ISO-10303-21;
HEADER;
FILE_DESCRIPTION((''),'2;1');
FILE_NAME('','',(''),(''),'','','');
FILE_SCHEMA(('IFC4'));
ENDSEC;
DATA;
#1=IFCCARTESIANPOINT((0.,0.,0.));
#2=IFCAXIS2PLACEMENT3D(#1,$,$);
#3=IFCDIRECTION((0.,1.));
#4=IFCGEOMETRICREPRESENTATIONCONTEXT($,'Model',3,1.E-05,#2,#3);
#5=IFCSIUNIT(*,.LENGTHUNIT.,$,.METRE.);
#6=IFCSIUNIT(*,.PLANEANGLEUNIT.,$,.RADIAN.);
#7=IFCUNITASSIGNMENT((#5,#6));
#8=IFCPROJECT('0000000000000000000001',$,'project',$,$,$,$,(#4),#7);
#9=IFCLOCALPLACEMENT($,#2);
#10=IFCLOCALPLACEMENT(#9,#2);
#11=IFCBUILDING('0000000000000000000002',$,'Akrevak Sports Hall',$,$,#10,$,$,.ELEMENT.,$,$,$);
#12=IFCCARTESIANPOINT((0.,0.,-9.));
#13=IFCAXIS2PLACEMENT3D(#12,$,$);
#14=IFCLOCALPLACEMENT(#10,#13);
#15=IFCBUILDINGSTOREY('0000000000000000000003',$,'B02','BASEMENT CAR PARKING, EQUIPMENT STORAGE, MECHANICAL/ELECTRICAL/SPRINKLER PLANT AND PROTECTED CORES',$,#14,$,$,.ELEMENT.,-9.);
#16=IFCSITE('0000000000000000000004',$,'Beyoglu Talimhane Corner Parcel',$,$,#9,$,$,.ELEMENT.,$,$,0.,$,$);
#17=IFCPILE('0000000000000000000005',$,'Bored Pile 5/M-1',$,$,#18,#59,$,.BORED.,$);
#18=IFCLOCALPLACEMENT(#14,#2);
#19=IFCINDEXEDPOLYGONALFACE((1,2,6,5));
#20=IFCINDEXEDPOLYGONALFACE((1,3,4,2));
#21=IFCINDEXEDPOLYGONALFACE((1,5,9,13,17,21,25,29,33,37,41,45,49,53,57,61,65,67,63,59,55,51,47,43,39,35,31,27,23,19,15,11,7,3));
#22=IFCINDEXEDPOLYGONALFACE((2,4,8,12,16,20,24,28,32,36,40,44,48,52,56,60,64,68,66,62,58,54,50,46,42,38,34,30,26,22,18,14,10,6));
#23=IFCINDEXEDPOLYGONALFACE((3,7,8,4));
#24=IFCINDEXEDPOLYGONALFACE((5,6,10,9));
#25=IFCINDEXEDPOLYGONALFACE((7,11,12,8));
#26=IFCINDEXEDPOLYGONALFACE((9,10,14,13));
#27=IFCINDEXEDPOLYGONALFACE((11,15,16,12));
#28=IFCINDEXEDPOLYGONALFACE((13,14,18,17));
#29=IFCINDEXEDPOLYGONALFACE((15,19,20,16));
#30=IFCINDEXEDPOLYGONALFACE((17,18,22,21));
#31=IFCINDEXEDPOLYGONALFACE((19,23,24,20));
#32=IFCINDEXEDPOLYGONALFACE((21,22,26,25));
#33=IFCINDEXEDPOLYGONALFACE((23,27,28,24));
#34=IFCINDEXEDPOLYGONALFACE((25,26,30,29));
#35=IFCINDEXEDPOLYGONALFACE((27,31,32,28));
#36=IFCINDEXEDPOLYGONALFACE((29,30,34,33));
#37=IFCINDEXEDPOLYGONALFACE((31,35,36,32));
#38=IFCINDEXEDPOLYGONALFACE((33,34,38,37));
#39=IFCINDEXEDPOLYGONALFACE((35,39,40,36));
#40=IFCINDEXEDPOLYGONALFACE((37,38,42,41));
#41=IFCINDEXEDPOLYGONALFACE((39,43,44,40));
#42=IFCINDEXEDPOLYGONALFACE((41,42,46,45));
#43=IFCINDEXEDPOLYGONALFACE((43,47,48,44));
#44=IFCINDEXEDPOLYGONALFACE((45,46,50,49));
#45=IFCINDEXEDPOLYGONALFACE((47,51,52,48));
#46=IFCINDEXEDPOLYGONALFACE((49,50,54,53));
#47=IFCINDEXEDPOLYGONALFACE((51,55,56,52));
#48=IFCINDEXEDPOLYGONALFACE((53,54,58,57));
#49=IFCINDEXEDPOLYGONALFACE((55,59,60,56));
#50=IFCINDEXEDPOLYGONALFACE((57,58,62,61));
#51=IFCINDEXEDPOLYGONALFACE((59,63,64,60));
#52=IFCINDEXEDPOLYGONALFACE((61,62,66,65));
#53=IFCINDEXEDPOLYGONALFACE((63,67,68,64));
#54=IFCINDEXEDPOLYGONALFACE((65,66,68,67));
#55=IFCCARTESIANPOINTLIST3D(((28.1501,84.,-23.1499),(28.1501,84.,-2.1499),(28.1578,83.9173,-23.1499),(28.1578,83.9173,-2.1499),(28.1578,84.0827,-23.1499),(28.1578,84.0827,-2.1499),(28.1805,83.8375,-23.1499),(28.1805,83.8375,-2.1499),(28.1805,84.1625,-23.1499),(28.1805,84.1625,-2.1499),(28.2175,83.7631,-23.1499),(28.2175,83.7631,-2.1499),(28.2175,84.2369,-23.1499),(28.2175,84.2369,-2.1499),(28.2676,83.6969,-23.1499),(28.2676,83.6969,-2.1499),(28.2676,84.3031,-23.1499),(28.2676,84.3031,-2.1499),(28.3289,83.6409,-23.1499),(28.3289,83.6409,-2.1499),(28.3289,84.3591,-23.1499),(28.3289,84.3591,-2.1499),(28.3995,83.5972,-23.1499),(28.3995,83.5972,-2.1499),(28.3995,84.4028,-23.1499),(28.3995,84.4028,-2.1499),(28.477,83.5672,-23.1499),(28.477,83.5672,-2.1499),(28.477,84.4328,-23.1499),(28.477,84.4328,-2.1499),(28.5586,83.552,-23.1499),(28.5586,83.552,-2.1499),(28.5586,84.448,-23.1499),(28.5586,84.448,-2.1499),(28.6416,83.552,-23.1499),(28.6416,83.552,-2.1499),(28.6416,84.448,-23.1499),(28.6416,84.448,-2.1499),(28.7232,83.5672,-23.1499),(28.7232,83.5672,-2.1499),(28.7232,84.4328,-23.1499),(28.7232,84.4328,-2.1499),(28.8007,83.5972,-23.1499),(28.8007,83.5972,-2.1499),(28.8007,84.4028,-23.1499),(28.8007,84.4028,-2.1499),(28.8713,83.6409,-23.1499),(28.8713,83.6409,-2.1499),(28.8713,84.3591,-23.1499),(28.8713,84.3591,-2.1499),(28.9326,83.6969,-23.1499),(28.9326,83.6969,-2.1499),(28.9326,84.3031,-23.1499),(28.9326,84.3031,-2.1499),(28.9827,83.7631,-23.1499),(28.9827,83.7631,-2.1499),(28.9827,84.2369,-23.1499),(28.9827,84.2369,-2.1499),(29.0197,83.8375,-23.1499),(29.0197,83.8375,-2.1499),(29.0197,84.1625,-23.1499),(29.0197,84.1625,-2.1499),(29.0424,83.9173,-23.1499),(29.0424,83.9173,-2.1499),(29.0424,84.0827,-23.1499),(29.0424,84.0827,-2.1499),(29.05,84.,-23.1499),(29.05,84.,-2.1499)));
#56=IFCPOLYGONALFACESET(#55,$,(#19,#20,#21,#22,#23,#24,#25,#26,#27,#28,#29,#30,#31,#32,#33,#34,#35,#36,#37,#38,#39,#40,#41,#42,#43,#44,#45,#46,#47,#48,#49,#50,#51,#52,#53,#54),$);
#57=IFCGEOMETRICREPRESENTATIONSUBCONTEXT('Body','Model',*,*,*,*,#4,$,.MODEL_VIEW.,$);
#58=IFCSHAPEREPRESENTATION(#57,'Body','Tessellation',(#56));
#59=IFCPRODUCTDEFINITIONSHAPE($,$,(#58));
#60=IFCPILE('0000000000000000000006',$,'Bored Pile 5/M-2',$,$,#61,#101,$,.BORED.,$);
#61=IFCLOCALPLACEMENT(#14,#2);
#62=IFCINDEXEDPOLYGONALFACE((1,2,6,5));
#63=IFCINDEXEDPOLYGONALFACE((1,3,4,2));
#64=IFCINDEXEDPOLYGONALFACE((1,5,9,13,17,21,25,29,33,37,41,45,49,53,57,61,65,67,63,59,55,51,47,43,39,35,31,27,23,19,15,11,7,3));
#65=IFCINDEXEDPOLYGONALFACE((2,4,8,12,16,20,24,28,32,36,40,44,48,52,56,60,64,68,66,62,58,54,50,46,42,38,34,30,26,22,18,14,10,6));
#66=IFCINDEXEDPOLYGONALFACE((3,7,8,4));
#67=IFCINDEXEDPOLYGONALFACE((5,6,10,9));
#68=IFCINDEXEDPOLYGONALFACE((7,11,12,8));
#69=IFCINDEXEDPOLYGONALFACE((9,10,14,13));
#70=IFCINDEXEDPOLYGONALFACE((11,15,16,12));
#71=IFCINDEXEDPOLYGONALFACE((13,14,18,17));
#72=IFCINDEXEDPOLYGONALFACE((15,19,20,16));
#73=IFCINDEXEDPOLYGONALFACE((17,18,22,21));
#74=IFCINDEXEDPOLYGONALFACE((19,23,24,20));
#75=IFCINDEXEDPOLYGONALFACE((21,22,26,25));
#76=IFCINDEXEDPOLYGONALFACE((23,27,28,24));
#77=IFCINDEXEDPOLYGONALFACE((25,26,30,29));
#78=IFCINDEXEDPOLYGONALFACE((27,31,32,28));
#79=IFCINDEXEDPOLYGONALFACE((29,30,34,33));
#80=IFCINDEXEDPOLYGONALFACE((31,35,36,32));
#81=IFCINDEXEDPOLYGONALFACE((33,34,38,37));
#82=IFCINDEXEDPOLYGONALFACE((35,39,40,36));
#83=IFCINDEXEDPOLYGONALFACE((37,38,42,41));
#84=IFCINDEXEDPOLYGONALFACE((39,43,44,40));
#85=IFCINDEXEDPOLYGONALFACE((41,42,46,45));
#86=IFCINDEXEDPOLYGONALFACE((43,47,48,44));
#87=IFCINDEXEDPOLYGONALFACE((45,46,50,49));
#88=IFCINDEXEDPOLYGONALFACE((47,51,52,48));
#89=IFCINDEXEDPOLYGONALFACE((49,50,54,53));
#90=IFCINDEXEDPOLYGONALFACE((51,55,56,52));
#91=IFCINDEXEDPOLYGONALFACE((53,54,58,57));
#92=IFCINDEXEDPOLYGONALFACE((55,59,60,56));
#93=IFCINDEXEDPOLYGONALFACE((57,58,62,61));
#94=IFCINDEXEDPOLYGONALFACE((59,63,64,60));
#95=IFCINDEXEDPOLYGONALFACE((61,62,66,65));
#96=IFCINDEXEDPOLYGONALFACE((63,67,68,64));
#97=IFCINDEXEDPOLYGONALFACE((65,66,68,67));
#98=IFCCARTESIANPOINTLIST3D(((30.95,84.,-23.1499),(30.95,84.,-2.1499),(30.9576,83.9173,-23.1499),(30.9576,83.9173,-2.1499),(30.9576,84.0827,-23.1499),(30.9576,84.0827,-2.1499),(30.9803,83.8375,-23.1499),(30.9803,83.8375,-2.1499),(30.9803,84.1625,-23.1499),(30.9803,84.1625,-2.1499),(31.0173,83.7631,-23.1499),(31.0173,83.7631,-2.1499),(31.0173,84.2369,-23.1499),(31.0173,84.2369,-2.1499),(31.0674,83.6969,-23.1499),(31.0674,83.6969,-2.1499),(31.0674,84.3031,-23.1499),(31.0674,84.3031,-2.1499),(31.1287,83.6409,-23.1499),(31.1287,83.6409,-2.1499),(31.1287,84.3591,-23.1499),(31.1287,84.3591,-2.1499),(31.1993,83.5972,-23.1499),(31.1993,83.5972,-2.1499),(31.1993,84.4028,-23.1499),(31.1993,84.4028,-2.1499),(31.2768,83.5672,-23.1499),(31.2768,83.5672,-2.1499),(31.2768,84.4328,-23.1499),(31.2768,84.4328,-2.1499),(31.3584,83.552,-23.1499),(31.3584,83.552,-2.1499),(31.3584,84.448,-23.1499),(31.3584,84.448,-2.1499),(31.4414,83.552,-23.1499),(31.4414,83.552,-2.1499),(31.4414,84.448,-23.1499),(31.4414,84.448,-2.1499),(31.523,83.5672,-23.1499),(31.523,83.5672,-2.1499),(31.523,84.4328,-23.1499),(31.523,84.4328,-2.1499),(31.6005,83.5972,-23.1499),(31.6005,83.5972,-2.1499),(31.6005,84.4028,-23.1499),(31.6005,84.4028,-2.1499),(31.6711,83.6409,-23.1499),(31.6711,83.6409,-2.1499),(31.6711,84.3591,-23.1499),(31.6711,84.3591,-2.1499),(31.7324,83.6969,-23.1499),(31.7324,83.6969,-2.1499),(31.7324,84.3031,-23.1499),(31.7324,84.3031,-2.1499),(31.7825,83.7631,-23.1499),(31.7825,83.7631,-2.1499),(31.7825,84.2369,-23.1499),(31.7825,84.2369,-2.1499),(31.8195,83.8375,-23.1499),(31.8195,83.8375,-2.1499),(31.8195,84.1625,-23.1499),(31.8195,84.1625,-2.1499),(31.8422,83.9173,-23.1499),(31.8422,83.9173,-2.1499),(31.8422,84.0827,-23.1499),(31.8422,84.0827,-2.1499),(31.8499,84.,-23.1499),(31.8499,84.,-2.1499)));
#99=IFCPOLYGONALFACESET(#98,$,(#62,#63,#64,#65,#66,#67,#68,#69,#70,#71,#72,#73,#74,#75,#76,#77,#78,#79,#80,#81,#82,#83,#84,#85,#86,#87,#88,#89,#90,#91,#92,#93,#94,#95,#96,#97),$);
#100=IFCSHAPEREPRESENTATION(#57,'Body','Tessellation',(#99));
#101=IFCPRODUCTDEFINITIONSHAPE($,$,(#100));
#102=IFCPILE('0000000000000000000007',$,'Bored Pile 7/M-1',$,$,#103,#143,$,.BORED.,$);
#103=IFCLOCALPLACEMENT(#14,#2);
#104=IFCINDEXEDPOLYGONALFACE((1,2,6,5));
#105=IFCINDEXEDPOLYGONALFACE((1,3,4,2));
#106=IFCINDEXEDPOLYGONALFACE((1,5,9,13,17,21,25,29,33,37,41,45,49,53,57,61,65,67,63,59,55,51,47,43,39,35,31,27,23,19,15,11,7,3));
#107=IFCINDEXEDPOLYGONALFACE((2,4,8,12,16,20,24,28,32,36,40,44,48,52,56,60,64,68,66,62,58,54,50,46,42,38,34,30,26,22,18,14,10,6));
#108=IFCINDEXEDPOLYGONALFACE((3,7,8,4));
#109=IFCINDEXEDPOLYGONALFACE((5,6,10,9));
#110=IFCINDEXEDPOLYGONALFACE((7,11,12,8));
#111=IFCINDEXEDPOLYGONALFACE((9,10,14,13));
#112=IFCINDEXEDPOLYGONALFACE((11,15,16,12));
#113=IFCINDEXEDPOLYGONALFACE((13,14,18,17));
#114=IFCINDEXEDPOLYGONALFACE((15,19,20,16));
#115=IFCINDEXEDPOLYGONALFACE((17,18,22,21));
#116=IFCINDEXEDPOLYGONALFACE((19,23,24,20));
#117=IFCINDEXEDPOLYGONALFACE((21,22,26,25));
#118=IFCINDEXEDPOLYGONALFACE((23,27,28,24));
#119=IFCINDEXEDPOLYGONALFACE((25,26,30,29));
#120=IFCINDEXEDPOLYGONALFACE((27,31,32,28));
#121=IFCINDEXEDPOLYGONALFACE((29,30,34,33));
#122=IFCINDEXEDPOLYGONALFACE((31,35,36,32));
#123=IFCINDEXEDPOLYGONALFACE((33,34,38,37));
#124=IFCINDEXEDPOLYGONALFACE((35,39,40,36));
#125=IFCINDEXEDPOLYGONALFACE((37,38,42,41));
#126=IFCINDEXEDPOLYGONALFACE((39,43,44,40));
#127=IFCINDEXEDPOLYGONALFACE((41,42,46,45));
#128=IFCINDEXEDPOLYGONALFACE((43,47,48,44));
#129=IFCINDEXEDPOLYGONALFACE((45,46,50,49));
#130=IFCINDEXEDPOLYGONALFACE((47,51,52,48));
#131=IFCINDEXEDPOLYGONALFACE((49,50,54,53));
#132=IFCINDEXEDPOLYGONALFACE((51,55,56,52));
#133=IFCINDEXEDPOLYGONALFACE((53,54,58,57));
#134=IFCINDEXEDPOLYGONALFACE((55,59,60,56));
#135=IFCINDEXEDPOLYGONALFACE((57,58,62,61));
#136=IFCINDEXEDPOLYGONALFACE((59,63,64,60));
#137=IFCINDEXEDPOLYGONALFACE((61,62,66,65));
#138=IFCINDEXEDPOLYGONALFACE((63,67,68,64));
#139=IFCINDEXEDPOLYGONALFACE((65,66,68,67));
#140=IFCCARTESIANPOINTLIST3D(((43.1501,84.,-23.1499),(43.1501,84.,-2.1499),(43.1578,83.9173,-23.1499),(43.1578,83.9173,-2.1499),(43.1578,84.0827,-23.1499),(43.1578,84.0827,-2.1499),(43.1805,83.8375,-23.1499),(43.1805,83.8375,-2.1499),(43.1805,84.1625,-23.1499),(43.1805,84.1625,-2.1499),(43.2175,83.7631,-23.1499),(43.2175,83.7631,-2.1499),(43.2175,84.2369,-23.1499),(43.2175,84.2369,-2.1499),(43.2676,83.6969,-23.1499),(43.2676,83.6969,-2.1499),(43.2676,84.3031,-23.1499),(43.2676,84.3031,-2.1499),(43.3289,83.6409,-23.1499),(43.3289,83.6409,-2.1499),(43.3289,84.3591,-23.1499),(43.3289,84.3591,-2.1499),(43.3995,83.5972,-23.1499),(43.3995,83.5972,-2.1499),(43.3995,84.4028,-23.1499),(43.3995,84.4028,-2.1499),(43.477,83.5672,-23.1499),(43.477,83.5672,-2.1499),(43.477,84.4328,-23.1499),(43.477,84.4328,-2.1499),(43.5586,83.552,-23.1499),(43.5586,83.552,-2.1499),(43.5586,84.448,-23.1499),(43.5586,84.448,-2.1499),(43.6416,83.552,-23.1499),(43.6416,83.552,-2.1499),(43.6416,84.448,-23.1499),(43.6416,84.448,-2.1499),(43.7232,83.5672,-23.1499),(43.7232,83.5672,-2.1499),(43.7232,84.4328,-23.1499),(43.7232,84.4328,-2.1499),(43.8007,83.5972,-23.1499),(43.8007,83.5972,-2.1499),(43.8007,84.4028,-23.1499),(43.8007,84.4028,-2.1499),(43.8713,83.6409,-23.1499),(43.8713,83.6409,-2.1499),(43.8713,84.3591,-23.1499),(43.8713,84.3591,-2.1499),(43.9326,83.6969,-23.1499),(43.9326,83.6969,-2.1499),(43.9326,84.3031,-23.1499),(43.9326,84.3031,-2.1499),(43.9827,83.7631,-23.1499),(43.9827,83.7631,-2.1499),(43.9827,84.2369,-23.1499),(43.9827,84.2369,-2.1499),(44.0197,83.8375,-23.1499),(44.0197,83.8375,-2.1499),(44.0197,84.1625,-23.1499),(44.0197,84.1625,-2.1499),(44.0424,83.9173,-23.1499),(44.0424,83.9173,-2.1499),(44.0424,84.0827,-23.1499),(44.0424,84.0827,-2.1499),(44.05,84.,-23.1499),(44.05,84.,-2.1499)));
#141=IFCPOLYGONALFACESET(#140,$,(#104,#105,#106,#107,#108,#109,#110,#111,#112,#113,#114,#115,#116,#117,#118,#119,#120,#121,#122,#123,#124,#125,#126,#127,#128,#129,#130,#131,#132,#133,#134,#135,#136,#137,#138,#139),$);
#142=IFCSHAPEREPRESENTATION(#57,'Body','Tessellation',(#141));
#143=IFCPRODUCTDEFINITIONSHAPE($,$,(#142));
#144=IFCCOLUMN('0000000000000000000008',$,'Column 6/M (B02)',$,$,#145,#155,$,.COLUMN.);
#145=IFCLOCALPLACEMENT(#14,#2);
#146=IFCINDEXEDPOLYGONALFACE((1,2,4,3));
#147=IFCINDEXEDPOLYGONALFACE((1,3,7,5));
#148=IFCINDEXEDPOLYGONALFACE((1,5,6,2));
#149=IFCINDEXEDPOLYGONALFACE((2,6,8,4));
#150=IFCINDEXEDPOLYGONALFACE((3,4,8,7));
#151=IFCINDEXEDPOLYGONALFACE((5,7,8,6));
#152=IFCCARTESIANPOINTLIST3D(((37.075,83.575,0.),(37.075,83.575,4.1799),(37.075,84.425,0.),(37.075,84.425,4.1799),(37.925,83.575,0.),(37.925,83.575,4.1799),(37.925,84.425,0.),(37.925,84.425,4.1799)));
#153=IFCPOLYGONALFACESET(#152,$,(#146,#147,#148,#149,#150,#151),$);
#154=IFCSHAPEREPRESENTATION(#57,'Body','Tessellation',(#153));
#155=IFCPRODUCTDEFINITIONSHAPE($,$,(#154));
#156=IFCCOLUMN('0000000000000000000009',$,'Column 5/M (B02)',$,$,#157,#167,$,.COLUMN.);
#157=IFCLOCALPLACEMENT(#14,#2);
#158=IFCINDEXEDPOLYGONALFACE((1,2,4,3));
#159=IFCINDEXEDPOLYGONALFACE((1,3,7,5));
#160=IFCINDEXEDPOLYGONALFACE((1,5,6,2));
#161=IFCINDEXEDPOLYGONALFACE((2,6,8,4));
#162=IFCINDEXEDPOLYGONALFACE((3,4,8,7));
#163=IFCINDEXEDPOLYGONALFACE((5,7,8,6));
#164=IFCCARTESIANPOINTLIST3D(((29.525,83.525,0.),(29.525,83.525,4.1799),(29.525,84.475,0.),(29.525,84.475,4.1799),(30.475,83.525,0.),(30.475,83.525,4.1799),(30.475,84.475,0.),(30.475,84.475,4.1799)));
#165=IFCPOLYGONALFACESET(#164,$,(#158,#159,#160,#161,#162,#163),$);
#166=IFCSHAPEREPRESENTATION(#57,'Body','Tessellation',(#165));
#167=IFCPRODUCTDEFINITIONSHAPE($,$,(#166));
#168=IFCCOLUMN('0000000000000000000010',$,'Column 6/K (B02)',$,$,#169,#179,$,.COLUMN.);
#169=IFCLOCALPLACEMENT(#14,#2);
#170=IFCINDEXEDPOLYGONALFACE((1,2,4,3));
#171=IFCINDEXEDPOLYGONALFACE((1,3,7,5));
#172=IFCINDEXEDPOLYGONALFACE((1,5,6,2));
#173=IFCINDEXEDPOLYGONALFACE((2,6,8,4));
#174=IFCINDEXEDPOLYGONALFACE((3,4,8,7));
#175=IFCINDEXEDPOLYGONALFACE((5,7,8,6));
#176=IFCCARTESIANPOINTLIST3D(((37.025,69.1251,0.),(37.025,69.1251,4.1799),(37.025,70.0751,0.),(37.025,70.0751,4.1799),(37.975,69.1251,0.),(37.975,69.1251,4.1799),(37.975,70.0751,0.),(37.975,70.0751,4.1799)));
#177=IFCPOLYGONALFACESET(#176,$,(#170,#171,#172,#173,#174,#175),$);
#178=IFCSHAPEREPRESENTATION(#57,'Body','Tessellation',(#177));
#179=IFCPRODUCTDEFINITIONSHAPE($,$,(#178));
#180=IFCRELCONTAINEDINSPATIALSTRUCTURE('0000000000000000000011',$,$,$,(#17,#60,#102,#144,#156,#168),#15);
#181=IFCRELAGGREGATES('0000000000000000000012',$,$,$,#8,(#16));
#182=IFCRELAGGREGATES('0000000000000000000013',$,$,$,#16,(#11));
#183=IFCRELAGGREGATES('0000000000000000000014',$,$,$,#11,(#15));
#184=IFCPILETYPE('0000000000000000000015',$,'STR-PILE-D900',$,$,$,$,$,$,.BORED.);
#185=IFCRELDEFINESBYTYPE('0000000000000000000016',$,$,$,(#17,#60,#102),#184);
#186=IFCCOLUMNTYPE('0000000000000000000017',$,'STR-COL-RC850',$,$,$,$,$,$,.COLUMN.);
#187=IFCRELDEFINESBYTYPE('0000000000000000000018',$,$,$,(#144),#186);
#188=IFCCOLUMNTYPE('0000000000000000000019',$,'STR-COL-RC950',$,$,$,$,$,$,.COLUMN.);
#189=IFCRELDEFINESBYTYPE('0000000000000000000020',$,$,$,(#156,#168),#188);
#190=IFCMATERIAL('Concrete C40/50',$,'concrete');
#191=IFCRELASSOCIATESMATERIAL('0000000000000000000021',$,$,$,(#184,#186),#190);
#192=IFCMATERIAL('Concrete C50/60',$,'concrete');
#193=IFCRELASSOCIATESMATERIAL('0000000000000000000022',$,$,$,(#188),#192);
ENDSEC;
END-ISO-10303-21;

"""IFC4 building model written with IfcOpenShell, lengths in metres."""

from ifc_helpers import new_model, si_unit, direction, frame, origin, origin_2d, place, context, subcontext, project, spatial, rectangle, circle, extrude, material, material_profile, profile_set, type_object, element, save


model = new_model("IFC4")

# Units and contexts
model_context = context("Model", 3, precision=1e-05, world=origin(), true_north=direction((0.0, 1.0)))
body_context = subcontext(model_context, "Body", "Model", "MODEL_VIEW")
ifc_project = project(units=[si_unit("LENGTHUNIT", "METRE"), si_unit("PLANEANGLEUNIT", "RADIAN")], contexts=[model_context])

# Site, building, storey
site_placement = place(None, origin())
site = spatial("IfcSite", under=ifc_project, at=site_placement, Name="Beyoglu Talimhane Corner Parcel", CompositionType="ELEMENT", RefElevation=0.0)
building_placement = place(site_placement, origin())
building = spatial("IfcBuilding", under=site, at=building_placement, Name="Akrevak Sports Hall", CompositionType="ELEMENT")
storey_placement = place(building_placement, frame((0.0, 0.0, -9.0)))
storey = spatial("IfcBuildingStorey", under=building, at=storey_placement, Name="B02", Description="BASEMENT CAR PARKING, EQUIPMENT STORAGE, MECHANICAL/ELECTRICAL/SPRINKLER PLANT AND PROTECTED CORES", CompositionType="ELEMENT", Elevation=-9.0)

# Shared definitions
ifc_material_1 = material(Name="Concrete C40/50", Category="concrete")

# Piles
ifc_material_profile_1 = material_profile(ifc_material_1, circle(Radius=0.45, at=origin_2d()), Name="BORED PILE D900", Category="concrete")
ifc_profile_set_1 = profile_set([ifc_material_profile_1], Name="Concrete C40/50")
pile_type_1 = type_object("IfcPileType", Name="STR-PILE-D900", PredefinedType="BORED", material=ifc_profile_set_1)
for number, where, z_axis, x_axis, name in (
    (1, (28.6001, 84.0, -2.1499), (0.0, 0.0, -1.0), (1.0, 0.0, 0.0), "Bored Pile 5/M-1"),
    (2, (31.3999, 84.0, -2.1499), (0.0, 0.0, -1.0), (1.0, 0.0, 0.0), "Bored Pile 5/M-2"),
    (3, (43.6001, 84.0, -2.1499), (0.0, 0.0, -1.0), (1.0, 0.0, 0.0), "Bored Pile 7/M-1"),
):
    element("IfcPile", number, at=place(storey_placement, frame(where, z_axis=z_axis, x_axis=x_axis)), inside=storey, type_object=pile_type_1, Name=name, PredefinedType="BORED", context=body_context, shape_type="SweptSolid", body=[
        extrude(circle(Radius=0.45, at=origin_2d()), origin(), (0.0, 0.0, 1.0), 21.0),
    ])

# Columns
ifc_material_profile_2 = material_profile(ifc_material_1, rectangle(XDim=0.8501, YDim=0.8501, at=origin_2d()), Name="RC 850x850", Category="concrete")
ifc_profile_set_2 = profile_set([ifc_material_profile_2], Name="Concrete C40/50")
column_type_1 = type_object("IfcColumnType", Name="STR-COL-RC850", PredefinedType="COLUMN", material=ifc_profile_set_2)
column_placement = place(storey_placement, frame((37.5, 84.0, 0.0), z_axis=(0.0, 0.0, 1.0), x_axis=(1.0, 0.0, 0.0)))
element("IfcColumn", 4, at=column_placement, inside=storey, type_object=column_type_1, Name="Column 6/M (B02)", PredefinedType="COLUMN", context=body_context, shape_type="SweptSolid", body=[
    extrude(rectangle(XDim=0.8501, YDim=0.8501, at=origin_2d()), origin(), (0.0, 0.0, 1.0), 4.1799),
])
ifc_material_2 = material(Name="Concrete C50/60", Category="concrete")
ifc_material_profile_3 = material_profile(ifc_material_2, rectangle(XDim=0.95, YDim=0.95, at=origin_2d()), Name="RC 950x950", Category="concrete")
ifc_profile_set_3 = profile_set([ifc_material_profile_3], Name="Concrete C50/60")
column_type_2 = type_object("IfcColumnType", Name="STR-COL-RC950", PredefinedType="COLUMN", material=ifc_profile_set_3)
for number, where, z_axis, x_axis, name in (
    (5, (30.0, 84.0, 0.0), (0.0, 0.0, 1.0), (1.0, 0.0, 0.0), "Column 5/M (B02)"),
    (6, (37.5, 69.6001, 0.0), (0.0, 0.0, 1.0), (1.0, 0.0, 0.0), "Column 6/K (B02)"),
):
    element("IfcColumn", number, at=place(storey_placement, frame(where, z_axis=z_axis, x_axis=x_axis)), inside=storey, type_object=column_type_2, Name=name, PredefinedType="COLUMN", context=body_context, shape_type="SweptSolid", body=[
        extrude(rectangle(XDim=0.95, YDim=0.95, at=origin_2d()), origin(), (0.0, 0.0, 1.0), 4.1799),
    ])

save(model, "model.ifc")
